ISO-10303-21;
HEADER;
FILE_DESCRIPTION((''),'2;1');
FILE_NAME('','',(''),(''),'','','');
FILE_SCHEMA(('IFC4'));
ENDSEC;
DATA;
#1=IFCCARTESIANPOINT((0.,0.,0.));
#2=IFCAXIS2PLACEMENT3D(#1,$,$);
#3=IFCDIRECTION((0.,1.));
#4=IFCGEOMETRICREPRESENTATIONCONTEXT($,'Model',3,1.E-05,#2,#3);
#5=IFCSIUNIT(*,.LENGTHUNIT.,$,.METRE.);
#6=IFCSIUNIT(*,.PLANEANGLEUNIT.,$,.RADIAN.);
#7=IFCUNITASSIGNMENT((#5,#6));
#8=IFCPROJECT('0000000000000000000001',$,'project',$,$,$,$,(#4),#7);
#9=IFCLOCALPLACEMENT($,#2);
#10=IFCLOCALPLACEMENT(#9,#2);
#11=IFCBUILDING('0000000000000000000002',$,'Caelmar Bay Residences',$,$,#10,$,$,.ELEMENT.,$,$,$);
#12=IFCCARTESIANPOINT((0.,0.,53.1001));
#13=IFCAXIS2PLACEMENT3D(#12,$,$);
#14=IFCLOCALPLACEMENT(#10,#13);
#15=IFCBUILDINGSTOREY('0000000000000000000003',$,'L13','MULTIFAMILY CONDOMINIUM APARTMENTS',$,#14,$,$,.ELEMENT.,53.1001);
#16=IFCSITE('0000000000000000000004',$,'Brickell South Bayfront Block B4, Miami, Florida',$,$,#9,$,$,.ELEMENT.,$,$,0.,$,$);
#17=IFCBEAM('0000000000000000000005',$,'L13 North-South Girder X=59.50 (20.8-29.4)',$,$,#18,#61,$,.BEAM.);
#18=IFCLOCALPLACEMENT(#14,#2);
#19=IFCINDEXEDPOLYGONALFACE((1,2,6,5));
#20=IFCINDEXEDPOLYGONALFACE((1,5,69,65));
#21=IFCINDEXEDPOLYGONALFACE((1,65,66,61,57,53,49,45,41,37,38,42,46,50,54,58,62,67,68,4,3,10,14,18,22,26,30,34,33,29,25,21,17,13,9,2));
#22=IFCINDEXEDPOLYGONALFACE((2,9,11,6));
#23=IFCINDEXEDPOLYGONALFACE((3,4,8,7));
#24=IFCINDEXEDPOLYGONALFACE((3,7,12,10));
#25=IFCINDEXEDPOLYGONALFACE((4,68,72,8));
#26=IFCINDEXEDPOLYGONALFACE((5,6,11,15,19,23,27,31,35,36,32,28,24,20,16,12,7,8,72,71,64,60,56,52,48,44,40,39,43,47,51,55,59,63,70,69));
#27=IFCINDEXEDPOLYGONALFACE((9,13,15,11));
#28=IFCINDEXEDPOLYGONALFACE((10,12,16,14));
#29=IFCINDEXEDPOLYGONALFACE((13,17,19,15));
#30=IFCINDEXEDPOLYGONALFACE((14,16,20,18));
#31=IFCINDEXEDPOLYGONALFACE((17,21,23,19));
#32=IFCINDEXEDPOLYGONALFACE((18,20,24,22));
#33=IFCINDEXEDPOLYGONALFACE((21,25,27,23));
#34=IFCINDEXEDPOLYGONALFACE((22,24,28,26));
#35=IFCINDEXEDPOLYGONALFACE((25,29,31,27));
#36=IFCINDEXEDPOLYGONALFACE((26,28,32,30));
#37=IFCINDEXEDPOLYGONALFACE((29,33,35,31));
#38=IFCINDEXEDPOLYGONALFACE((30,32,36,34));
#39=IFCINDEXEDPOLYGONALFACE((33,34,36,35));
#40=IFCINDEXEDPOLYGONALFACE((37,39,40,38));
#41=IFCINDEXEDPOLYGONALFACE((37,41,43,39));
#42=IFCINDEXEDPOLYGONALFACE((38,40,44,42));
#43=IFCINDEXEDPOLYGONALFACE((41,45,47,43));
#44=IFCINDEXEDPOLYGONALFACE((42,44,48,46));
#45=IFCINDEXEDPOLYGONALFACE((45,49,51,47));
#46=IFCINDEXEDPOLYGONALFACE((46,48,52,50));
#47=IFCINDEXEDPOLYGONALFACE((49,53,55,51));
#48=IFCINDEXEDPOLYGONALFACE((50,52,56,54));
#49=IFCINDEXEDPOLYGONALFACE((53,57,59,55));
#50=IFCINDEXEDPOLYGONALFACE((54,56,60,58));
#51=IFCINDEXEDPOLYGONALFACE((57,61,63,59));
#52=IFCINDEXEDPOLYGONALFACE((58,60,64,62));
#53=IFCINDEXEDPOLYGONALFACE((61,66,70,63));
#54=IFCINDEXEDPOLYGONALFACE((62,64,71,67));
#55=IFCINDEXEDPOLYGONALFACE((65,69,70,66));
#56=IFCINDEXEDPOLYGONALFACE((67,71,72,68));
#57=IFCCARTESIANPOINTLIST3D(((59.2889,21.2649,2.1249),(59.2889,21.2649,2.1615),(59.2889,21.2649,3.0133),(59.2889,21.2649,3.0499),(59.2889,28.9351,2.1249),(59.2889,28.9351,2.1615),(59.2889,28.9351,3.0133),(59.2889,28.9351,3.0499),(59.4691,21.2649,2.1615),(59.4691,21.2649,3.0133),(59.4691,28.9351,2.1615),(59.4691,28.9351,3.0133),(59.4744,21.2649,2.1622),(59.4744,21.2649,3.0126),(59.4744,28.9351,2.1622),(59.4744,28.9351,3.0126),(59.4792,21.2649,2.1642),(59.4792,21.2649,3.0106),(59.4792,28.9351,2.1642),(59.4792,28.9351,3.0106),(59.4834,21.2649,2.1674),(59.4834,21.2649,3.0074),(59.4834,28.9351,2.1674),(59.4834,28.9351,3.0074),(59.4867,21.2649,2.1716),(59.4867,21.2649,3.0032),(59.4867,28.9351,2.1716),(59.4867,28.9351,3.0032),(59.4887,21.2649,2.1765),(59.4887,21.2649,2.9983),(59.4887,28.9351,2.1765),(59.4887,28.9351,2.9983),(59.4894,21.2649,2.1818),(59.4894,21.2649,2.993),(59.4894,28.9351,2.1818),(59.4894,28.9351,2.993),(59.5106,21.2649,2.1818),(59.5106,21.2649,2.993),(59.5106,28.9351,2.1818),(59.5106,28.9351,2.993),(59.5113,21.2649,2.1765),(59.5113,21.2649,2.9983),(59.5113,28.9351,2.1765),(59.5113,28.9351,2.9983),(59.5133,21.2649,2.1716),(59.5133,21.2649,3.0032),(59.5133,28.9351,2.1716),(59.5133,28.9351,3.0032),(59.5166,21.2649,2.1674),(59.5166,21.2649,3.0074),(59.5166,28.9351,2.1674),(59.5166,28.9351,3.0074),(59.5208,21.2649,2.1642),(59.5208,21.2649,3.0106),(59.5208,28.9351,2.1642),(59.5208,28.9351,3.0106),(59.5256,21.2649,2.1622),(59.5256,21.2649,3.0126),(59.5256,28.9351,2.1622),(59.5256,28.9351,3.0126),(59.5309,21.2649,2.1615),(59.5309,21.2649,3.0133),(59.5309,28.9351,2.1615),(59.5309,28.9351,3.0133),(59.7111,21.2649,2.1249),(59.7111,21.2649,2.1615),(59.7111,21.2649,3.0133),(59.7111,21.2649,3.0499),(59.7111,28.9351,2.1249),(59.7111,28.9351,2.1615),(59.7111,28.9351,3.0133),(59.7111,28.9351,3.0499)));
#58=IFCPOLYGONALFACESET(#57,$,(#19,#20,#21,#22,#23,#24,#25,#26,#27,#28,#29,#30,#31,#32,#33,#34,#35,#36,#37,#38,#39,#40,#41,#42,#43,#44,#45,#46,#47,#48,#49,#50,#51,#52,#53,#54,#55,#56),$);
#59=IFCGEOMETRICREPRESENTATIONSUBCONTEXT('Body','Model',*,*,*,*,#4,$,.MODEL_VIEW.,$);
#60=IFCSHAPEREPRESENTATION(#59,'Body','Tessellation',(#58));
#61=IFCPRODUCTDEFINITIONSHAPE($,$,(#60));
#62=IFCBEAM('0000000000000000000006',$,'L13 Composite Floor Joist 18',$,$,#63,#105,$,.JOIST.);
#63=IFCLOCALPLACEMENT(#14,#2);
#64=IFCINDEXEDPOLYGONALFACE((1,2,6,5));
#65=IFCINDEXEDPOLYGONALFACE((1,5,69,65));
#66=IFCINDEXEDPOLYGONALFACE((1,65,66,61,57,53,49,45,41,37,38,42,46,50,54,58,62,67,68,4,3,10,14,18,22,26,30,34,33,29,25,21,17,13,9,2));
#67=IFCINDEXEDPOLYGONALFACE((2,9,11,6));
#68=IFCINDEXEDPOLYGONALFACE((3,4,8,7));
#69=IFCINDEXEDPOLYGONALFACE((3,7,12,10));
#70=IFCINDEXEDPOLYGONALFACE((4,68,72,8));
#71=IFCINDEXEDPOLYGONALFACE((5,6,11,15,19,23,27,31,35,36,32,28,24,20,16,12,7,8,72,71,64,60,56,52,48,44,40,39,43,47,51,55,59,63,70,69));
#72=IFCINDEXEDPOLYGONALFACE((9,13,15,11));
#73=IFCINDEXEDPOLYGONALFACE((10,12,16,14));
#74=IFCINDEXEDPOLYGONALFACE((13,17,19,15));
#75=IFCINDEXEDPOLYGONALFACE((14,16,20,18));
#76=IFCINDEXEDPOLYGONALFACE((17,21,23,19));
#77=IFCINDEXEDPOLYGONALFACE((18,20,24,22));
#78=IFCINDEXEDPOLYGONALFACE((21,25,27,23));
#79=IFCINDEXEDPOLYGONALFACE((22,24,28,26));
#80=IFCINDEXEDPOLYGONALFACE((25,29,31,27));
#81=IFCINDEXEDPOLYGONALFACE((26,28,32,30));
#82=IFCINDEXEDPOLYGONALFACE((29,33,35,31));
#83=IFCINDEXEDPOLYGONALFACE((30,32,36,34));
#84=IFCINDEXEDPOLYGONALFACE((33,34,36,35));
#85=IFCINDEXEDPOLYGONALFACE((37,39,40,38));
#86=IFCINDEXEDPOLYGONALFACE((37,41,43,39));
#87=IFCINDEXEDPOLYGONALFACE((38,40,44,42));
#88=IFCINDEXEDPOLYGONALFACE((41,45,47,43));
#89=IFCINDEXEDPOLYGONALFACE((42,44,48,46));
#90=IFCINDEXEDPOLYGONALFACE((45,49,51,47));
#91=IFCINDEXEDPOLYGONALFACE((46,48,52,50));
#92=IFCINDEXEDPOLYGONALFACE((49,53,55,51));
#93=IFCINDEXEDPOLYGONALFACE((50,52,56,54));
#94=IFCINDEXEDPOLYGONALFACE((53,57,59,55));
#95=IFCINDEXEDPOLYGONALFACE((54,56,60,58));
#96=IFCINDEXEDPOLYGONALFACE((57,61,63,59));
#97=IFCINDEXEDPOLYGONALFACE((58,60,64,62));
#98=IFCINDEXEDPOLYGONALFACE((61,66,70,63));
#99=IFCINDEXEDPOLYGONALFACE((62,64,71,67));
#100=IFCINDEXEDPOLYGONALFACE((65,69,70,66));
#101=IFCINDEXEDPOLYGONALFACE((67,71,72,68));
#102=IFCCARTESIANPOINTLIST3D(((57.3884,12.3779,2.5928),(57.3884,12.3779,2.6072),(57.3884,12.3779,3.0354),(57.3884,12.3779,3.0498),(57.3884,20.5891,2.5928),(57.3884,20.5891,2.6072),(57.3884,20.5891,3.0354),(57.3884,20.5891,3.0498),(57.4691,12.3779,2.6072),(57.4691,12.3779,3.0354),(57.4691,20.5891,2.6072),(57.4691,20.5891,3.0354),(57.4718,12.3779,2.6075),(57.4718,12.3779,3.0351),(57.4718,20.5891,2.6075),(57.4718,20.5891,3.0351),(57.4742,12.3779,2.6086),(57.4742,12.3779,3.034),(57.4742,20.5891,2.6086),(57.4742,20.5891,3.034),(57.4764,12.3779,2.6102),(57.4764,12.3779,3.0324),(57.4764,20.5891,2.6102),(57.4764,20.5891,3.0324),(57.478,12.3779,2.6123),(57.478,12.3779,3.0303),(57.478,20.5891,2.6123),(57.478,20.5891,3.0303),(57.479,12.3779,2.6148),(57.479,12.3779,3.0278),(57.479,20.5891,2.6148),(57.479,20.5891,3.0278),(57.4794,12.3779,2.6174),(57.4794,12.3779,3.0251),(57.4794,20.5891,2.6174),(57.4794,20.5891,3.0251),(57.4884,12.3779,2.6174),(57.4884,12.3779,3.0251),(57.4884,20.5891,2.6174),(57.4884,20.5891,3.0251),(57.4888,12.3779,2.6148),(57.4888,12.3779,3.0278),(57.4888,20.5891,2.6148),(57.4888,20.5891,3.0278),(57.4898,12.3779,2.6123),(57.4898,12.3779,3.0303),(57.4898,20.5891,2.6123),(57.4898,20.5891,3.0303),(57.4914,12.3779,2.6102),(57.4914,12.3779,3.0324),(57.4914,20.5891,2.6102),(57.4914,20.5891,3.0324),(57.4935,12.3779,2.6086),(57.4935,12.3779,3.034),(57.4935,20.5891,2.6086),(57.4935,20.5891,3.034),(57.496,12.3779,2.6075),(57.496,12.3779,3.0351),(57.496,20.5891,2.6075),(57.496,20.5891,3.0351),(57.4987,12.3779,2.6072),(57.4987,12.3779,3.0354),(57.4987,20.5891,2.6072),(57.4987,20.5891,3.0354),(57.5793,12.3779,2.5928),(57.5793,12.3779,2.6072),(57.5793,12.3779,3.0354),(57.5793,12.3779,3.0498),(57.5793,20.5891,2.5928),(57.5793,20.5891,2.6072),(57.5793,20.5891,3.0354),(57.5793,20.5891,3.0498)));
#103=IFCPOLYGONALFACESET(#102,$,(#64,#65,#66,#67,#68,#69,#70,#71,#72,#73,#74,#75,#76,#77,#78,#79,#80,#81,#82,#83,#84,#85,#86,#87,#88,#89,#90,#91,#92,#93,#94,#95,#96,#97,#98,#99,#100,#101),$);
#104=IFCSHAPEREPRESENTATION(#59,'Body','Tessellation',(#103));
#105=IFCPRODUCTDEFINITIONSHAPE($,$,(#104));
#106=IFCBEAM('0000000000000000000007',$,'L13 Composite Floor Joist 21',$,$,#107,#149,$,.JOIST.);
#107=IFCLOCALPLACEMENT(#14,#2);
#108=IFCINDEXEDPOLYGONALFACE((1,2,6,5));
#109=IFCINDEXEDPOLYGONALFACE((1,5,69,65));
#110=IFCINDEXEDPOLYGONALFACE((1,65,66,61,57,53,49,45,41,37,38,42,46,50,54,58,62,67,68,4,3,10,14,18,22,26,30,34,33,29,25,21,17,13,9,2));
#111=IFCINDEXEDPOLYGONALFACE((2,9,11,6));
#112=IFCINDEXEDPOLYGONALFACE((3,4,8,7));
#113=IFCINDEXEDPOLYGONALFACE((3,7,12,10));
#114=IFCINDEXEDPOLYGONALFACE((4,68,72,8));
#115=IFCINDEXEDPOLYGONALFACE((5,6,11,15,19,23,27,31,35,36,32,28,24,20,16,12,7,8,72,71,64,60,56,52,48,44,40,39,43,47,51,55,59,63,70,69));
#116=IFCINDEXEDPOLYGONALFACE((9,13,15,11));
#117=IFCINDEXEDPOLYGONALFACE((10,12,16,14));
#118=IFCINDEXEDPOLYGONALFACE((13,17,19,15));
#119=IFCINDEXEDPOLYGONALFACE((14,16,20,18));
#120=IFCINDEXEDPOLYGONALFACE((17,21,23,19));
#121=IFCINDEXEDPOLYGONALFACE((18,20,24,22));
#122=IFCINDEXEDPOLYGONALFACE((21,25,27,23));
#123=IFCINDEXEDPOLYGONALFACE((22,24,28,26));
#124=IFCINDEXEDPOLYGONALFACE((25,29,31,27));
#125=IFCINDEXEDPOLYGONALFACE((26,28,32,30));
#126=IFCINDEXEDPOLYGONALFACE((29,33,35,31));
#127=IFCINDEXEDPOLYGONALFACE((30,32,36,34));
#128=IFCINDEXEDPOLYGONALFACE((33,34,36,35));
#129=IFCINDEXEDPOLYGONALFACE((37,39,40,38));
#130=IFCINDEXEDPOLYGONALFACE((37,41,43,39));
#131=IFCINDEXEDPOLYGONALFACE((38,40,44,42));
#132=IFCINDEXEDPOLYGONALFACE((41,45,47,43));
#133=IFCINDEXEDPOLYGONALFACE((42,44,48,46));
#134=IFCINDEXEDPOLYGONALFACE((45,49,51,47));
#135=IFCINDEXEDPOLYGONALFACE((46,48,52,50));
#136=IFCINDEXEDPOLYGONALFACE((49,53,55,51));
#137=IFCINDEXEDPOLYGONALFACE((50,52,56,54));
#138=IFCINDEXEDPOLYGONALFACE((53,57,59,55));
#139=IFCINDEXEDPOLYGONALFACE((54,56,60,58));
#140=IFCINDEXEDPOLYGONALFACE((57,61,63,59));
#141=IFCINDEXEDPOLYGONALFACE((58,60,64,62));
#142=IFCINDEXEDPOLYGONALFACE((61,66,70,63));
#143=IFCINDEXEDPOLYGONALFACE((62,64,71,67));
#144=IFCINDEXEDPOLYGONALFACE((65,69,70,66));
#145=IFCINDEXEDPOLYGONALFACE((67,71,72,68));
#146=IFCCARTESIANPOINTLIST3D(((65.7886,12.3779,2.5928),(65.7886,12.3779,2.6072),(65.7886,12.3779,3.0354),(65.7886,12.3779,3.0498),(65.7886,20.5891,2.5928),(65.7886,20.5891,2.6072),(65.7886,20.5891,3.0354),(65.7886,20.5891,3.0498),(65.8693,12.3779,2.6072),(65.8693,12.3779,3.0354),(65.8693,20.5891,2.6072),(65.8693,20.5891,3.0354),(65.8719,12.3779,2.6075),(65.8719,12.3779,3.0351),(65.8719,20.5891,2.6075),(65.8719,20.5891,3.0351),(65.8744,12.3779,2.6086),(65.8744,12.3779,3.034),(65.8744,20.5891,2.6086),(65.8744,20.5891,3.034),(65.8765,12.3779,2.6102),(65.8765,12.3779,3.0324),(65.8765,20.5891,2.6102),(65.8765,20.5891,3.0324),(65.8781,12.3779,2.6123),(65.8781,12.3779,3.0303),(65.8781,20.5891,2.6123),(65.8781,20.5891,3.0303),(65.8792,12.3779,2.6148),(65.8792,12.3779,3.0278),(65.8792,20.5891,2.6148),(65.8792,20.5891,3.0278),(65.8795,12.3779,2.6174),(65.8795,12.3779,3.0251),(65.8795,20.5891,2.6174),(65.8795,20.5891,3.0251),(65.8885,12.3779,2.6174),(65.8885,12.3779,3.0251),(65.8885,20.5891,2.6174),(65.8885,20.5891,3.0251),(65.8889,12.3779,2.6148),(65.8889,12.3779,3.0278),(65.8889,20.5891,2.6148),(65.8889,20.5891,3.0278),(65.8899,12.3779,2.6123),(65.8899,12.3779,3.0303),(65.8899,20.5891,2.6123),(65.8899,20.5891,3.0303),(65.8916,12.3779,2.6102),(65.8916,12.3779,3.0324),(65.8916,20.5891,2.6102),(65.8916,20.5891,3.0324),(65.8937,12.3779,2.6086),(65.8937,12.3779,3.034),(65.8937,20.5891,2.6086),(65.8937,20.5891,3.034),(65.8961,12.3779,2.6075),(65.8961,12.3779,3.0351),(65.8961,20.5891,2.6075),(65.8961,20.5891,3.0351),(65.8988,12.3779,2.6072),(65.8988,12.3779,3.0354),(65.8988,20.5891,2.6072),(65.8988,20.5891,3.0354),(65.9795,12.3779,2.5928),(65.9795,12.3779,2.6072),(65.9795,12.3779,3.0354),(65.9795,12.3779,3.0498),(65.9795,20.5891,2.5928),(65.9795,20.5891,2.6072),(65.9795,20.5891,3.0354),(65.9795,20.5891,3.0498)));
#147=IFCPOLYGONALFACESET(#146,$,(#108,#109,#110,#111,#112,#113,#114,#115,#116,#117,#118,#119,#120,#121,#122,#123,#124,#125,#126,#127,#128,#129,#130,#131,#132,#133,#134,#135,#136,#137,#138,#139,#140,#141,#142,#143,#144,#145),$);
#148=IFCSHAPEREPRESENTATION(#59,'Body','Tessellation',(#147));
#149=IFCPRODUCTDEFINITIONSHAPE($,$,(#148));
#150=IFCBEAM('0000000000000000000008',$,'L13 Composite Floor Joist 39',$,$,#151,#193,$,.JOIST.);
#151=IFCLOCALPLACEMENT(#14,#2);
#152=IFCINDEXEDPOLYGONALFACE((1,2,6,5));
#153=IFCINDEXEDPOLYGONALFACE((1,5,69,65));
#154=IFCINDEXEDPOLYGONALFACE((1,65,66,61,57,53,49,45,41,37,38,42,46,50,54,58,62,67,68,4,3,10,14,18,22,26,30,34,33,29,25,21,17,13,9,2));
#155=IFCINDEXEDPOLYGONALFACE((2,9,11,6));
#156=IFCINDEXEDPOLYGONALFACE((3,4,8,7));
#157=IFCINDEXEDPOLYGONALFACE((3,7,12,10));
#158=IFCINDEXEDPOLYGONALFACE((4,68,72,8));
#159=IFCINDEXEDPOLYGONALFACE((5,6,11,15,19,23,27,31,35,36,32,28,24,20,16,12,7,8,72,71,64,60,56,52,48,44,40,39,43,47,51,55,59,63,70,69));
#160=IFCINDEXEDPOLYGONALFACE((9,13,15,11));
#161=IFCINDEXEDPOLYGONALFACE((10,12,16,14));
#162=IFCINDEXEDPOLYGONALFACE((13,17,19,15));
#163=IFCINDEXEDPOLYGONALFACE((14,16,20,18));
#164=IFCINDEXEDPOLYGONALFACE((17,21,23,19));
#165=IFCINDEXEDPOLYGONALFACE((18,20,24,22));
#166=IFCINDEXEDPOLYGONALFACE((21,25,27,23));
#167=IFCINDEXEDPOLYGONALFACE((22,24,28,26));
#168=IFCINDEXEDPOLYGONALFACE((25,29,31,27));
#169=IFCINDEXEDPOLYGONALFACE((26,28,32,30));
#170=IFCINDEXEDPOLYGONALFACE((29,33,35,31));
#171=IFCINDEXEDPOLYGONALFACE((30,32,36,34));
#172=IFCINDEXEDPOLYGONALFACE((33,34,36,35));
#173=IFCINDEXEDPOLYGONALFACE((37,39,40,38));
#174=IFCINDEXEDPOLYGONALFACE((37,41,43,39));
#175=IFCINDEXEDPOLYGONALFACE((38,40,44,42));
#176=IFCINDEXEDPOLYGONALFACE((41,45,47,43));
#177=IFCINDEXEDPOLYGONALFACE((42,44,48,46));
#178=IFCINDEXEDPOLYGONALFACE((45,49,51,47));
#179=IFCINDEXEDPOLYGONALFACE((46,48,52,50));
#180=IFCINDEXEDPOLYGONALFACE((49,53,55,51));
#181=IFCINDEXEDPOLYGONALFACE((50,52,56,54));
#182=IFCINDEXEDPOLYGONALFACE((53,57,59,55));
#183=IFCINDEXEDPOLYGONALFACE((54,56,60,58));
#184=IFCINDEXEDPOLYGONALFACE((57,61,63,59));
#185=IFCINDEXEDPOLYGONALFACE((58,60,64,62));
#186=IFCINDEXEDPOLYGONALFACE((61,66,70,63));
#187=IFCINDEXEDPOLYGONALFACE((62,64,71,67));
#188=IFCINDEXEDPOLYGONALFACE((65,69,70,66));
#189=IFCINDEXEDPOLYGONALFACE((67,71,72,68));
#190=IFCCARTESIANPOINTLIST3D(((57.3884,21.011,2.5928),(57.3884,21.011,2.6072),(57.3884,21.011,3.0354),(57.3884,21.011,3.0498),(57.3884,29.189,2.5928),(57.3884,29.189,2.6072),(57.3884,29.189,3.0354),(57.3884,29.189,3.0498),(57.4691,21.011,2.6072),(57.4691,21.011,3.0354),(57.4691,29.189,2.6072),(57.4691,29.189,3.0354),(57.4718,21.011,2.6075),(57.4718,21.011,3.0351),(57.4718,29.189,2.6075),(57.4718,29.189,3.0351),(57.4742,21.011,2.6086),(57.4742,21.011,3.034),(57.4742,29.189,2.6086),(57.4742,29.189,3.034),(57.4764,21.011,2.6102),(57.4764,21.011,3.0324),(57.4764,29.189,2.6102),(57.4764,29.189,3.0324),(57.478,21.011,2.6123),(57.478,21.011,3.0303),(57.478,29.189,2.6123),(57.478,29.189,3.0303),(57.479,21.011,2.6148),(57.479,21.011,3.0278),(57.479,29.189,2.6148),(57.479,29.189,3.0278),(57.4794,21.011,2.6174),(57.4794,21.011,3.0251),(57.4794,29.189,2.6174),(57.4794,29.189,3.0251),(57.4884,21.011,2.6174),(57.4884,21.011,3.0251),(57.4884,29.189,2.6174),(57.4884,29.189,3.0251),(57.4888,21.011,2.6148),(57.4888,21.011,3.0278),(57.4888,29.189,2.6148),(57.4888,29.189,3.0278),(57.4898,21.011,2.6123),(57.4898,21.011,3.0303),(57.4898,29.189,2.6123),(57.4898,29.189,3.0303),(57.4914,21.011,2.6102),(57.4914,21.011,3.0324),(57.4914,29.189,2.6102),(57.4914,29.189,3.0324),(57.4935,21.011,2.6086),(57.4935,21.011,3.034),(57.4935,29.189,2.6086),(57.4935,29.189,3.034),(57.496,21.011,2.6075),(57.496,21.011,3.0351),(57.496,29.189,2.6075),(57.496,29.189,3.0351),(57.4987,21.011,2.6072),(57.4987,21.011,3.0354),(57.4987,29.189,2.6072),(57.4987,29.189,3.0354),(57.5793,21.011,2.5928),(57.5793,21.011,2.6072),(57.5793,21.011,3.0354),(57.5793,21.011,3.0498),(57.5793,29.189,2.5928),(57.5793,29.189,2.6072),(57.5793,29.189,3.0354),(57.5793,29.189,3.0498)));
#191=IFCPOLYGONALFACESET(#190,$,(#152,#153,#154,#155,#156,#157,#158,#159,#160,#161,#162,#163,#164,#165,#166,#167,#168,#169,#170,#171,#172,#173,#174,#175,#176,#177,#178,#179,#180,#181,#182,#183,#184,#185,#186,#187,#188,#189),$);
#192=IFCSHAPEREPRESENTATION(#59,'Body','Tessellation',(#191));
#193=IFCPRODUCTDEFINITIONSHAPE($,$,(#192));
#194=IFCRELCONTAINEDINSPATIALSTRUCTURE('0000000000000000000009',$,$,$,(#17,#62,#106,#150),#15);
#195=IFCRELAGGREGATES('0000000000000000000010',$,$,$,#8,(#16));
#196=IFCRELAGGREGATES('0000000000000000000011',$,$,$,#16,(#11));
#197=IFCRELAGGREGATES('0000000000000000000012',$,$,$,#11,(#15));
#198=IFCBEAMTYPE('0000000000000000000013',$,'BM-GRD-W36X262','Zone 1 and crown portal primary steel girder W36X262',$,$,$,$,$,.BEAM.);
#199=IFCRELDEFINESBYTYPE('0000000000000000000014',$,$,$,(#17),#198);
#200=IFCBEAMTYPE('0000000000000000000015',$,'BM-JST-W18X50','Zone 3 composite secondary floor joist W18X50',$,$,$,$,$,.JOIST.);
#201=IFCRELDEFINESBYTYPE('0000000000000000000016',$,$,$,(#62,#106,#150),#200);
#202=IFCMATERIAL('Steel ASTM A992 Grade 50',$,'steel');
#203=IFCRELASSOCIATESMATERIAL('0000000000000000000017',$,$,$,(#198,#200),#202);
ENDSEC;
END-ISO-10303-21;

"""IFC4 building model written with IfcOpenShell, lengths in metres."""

from ifc_helpers import new_model, si_unit, direction, frame, origin, origin_2d, place, context, subcontext, project, spatial, i_section, extrude, material, material_profile, profile_set, type_object, element, save


model = new_model("IFC4")

# Units and contexts
model_context = context("Model", 3, precision=1e-05, world=origin(), true_north=direction((0.0, 1.0)))
body_context = subcontext(model_context, "Body", "Model", "MODEL_VIEW")
ifc_project = project(units=[si_unit("LENGTHUNIT", "METRE"), si_unit("PLANEANGLEUNIT", "RADIAN")], contexts=[model_context])

# Site, building, storey
site_placement = place(None, origin())
site = spatial("IfcSite", under=ifc_project, at=site_placement, Name="Brickell South Bayfront Block B4, Miami, Florida", CompositionType="ELEMENT", RefElevation=0.0)
building_placement = place(site_placement, origin())
building = spatial("IfcBuilding", under=site, at=building_placement, Name="Caelmar Bay Residences", CompositionType="ELEMENT")
storey_placement = place(building_placement, frame((0.0, 0.0, 53.1001)))
storey = spatial("IfcBuildingStorey", under=building, at=storey_placement, Name="L13", Description="MULTIFAMILY CONDOMINIUM APARTMENTS", CompositionType="ELEMENT", Elevation=53.1001)

# Beams
ifc_material_1 = material(Name="Steel ASTM A992 Grade 50", Category="steel")
ifc_material_profile_1 = material_profile(ifc_material_1, i_section(OverallWidth=0.4221, OverallDepth=0.925, WebThickness=0.0212, FlangeThickness=0.0366, FilletRadius=0.0203, at=origin_2d()), Name="W36X262")
ifc_profile_set_1 = profile_set([ifc_material_profile_1], Name="Steel ASTM A992 Grade 50")
beam_type_1 = type_object("IfcBeamType", Name="BM-GRD-W36X262", Description="Zone 1 and crown portal primary steel girder W36X262", PredefinedType="BEAM", material=ifc_profile_set_1)
beam_1_placement = place(storey_placement, frame((59.5, 21.2649, 2.5874), z_axis=(0.0, 1.0, 0.0), x_axis=(-1.0, 0.0, 0.0)))
element("IfcBeam", 1, at=beam_1_placement, inside=storey, type_object=beam_type_1, Name="L13 North-South Girder X=59.50 (20.8-29.4)", PredefinedType="BEAM", context=body_context, shape_type="SweptSolid", body=[
    extrude(i_section(OverallWidth=0.4221, OverallDepth=0.925, WebThickness=0.0212, FlangeThickness=0.0366, FilletRadius=0.0203, at=origin_2d()), origin(), (0.0, 0.0, 1.0), 7.6702),
])
ifc_material_profile_2 = material_profile(ifc_material_1, i_section(OverallWidth=0.1909, OverallDepth=0.457, WebThickness=0.009, FlangeThickness=0.0144, FilletRadius=0.0103, at=origin_2d()), Name="W18X50")
ifc_profile_set_2 = profile_set([ifc_material_profile_2], Name="Steel ASTM A992 Grade 50")
beam_type_2 = type_object("IfcBeamType", Name="BM-JST-W18X50", Description="Zone 3 composite secondary floor joist W18X50", PredefinedType="JOIST", material=ifc_profile_set_2)
for number, where, z_axis, x_axis, name in (
    (2, (57.4839, 12.3779, 2.8213), (0.0, 1.0, 0.0), (-1.0, 0.0, 0.0), "L13 Composite Floor Joist 18"),
    (3, (65.884, 12.3779, 2.8213), (0.0, 1.0, 0.0), (-1.0, 0.0, 0.0), "L13 Composite Floor Joist 21"),
):
    element("IfcBeam", number, at=place(storey_placement, frame(where, z_axis=z_axis, x_axis=x_axis)), inside=storey, type_object=beam_type_2, Name=name, PredefinedType="JOIST", context=body_context, shape_type="SweptSolid", body=[
        extrude(i_section(OverallWidth=0.1909, OverallDepth=0.457, WebThickness=0.009, FlangeThickness=0.0144, FilletRadius=0.0103, at=origin_2d()), origin(), (0.0, 0.0, 1.0), 8.2112),
    ])
for number, where, z_axis, x_axis, name in (
    (4, (57.4839, 21.011, 2.8213), (0.0, 1.0, 0.0), (-1.0, 0.0, 0.0), "L13 Composite Floor Joist 39"),
):
    element("IfcBeam", number, at=place(storey_placement, frame(where, z_axis=z_axis, x_axis=x_axis)), inside=storey, type_object=beam_type_2, Name=name, PredefinedType="JOIST", context=body_context, shape_type="SweptSolid", body=[
        extrude(i_section(OverallWidth=0.1909, OverallDepth=0.457, WebThickness=0.009, FlangeThickness=0.0144, FilletRadius=0.0103, at=origin_2d()), origin(), (0.0, 0.0, 1.0), 8.178),
    ])

save(model, "model.ifc")
